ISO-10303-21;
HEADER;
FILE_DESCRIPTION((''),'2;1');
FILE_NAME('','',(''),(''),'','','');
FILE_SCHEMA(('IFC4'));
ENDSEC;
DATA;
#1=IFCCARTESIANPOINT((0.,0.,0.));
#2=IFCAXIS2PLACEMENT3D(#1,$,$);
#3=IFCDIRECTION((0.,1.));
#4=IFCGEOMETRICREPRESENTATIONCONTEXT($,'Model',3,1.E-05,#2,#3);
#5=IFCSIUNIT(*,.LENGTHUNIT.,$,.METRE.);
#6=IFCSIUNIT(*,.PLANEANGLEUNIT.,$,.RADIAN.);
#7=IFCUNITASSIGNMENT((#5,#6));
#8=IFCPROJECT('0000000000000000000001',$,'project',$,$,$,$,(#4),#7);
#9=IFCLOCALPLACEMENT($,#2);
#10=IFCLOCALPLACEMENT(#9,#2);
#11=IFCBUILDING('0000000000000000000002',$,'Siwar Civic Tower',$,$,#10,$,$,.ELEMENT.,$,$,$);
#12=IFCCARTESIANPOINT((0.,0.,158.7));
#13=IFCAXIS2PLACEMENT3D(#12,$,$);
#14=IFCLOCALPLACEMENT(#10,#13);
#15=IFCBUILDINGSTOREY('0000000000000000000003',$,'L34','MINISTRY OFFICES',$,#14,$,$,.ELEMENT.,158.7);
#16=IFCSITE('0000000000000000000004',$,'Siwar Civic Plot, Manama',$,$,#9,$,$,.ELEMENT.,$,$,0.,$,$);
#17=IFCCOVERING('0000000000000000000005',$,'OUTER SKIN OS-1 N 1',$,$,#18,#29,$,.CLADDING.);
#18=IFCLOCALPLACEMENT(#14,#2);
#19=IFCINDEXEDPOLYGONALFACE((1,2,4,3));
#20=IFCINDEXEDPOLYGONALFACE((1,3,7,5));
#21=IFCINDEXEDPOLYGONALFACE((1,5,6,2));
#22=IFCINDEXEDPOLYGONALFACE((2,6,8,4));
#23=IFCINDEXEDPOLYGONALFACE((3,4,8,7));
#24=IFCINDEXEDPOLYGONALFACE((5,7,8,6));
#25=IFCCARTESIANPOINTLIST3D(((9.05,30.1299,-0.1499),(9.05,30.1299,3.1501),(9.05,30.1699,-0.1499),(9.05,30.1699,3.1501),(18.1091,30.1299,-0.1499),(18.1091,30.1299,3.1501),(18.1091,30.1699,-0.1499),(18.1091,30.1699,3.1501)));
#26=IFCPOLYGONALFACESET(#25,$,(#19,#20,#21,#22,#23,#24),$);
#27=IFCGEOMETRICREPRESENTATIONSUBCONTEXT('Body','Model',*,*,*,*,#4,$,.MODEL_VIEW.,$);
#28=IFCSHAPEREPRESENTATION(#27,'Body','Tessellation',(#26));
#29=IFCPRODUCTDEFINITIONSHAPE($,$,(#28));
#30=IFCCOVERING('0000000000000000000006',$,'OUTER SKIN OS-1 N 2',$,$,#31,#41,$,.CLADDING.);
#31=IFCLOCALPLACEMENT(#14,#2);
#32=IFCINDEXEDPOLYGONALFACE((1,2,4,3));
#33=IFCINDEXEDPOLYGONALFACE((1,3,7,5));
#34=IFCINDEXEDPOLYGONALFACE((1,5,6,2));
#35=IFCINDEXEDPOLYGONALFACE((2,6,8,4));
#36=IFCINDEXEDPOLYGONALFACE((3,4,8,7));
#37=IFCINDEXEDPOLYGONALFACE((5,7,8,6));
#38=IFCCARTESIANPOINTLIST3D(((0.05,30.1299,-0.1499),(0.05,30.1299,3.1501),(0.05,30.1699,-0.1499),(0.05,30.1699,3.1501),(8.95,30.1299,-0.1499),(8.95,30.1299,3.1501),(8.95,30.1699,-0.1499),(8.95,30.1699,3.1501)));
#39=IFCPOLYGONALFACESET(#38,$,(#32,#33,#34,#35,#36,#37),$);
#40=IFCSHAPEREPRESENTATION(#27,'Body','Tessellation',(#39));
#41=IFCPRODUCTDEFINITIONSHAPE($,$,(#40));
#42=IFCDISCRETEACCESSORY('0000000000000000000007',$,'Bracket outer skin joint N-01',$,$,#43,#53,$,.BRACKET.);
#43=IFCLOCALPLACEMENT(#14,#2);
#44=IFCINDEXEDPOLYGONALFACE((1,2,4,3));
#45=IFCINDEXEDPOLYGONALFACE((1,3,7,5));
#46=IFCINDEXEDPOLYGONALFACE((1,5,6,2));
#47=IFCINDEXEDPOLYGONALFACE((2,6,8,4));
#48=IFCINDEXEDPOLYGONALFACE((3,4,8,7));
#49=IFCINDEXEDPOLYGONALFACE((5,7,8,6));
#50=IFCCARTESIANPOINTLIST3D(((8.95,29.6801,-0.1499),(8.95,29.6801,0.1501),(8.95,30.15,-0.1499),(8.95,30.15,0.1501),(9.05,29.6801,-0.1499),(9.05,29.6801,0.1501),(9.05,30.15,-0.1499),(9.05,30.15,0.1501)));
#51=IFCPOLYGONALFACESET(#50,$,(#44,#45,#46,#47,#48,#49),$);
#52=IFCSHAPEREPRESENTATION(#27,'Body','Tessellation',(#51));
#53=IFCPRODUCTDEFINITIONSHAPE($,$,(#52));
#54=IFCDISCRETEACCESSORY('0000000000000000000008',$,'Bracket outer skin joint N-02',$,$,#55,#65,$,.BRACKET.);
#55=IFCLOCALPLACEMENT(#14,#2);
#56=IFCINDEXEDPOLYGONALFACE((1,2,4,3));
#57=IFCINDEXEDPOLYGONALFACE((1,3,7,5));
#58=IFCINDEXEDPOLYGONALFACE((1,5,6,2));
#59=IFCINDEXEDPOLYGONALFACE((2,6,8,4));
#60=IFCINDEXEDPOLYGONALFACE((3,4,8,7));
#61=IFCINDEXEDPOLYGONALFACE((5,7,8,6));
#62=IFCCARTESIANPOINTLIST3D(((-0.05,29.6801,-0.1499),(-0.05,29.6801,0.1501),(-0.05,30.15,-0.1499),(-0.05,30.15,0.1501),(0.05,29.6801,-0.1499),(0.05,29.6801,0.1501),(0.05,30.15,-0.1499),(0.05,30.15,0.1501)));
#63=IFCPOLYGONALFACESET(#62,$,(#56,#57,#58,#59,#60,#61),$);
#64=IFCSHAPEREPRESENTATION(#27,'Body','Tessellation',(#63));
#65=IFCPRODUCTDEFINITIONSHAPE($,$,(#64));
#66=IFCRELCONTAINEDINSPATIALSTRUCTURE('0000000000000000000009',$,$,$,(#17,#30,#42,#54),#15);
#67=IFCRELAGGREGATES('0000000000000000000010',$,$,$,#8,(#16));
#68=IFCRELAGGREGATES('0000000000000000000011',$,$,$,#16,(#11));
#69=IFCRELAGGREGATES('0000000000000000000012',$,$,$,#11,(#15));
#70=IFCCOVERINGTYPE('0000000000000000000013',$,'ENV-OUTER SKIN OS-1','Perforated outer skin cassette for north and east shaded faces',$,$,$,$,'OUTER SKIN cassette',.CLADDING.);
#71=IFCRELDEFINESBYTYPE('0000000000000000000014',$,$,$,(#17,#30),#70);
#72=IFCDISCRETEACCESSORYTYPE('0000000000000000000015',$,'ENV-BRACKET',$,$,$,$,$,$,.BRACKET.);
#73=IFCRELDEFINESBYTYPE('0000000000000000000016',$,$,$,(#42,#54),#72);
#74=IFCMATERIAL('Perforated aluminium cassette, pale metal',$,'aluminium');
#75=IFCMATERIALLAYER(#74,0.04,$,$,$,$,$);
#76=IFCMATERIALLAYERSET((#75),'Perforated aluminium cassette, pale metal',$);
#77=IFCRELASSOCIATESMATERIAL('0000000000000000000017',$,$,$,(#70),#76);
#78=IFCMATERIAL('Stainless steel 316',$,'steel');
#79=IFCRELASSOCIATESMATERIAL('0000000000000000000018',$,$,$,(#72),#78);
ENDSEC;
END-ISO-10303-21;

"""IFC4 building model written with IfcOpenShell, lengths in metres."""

from ifc_helpers import new_model, si_unit, direction, frame, origin, origin_2d, place, context, subcontext, project, spatial, rectangle, extrude, material, layer, layer_set, type_object, element, save


model = new_model("IFC4")

# Units and contexts
model_context = context("Model", 3, precision=1e-05, world=origin(), true_north=direction((0.0, 1.0)))
body_context = subcontext(model_context, "Body", "Model", "MODEL_VIEW")
ifc_project = project(units=[si_unit("LENGTHUNIT", "METRE"), si_unit("PLANEANGLEUNIT", "RADIAN")], contexts=[model_context])

# Site, building, storey
site_placement = place(None, origin())
site = spatial("IfcSite", under=ifc_project, at=site_placement, Name="Siwar Civic Plot, Manama", CompositionType="ELEMENT", RefElevation=0.0)
building_placement = place(site_placement, origin())
building = spatial("IfcBuilding", under=site, at=building_placement, Name="Siwar Civic Tower", CompositionType="ELEMENT")
storey_placement = place(building_placement, frame((0.0, 0.0, 158.7)))
storey = spatial("IfcBuildingStorey", under=building, at=storey_placement, Name="L34", Description="MINISTRY OFFICES", CompositionType="ELEMENT", Elevation=158.7)

# Coverings
ifc_material_1 = material(Name="Perforated aluminium cassette, pale metal", Category="aluminium")
ifc_layer_1 = layer(ifc_material_1, 0.04)
ifc_layer_set_1 = layer_set([ifc_layer_1], Name="Perforated aluminium cassette, pale metal")
covering_type = type_object("IfcCoveringType", Name="ENV-OUTER SKIN OS-1", Description="Perforated outer skin cassette for north and east shaded faces", ElementType="OUTER SKIN cassette", PredefinedType="CLADDING", material=ifc_layer_set_1)
covering_1_placement = place(storey_placement, frame((13.5796, 30.1499, -0.1499), z_axis=(0.0, 0.0, 1.0), x_axis=(-1.0, 0.0, 0.0)))
element("IfcCovering", 1, at=covering_1_placement, inside=storey, type_object=covering_type, Name="OUTER SKIN OS-1 N 1", PredefinedType="CLADDING", context=body_context, shape_type="SweptSolid", body=[
    extrude(rectangle(XDim=9.0591, YDim=0.04, at=origin_2d()), origin(), (0.0, 0.0, 1.0), 3.3),
])
covering_2_placement = place(storey_placement, frame((4.5, 30.1499, -0.1499), z_axis=(0.0, 0.0, 1.0), x_axis=(-1.0, 0.0, 0.0)))
element("IfcCovering", 2, at=covering_2_placement, inside=storey, type_object=covering_type, Name="OUTER SKIN OS-1 N 2", PredefinedType="CLADDING", context=body_context, shape_type="SweptSolid", body=[
    extrude(rectangle(XDim=8.8999, YDim=0.04, at=origin_2d()), origin(), (0.0, 0.0, 1.0), 3.3),
])

# Discrete accessories
ifc_material_2 = material(Name="Stainless steel 316", Category="steel")
discrete_accessory_type = type_object("IfcDiscreteAccessoryType", Name="ENV-BRACKET", PredefinedType="BRACKET", material=ifc_material_2)
for number, where, z_axis, x_axis, name in (
    (3, (9.0, 29.915, -0.1499), (0.0, 0.0, 1.0), (0.0, 1.0, 0.0), "Bracket outer skin joint N-01"),
    (4, (0.0, 29.915, -0.1499), (0.0, 0.0, 1.0), (0.0, 1.0, 0.0), "Bracket outer skin joint N-02"),
):
    element("IfcDiscreteAccessory", number, at=place(storey_placement, frame(where, z_axis=z_axis, x_axis=x_axis)), inside=storey, type_object=discrete_accessory_type, Name=name, PredefinedType="BRACKET", context=body_context, shape_type="SweptSolid", body=[
        extrude(rectangle(XDim=0.47, YDim=0.1001, at=origin_2d()), origin(), (0.0, 0.0, 1.0), 0.3),
    ])

save(model, "model.ifc")
